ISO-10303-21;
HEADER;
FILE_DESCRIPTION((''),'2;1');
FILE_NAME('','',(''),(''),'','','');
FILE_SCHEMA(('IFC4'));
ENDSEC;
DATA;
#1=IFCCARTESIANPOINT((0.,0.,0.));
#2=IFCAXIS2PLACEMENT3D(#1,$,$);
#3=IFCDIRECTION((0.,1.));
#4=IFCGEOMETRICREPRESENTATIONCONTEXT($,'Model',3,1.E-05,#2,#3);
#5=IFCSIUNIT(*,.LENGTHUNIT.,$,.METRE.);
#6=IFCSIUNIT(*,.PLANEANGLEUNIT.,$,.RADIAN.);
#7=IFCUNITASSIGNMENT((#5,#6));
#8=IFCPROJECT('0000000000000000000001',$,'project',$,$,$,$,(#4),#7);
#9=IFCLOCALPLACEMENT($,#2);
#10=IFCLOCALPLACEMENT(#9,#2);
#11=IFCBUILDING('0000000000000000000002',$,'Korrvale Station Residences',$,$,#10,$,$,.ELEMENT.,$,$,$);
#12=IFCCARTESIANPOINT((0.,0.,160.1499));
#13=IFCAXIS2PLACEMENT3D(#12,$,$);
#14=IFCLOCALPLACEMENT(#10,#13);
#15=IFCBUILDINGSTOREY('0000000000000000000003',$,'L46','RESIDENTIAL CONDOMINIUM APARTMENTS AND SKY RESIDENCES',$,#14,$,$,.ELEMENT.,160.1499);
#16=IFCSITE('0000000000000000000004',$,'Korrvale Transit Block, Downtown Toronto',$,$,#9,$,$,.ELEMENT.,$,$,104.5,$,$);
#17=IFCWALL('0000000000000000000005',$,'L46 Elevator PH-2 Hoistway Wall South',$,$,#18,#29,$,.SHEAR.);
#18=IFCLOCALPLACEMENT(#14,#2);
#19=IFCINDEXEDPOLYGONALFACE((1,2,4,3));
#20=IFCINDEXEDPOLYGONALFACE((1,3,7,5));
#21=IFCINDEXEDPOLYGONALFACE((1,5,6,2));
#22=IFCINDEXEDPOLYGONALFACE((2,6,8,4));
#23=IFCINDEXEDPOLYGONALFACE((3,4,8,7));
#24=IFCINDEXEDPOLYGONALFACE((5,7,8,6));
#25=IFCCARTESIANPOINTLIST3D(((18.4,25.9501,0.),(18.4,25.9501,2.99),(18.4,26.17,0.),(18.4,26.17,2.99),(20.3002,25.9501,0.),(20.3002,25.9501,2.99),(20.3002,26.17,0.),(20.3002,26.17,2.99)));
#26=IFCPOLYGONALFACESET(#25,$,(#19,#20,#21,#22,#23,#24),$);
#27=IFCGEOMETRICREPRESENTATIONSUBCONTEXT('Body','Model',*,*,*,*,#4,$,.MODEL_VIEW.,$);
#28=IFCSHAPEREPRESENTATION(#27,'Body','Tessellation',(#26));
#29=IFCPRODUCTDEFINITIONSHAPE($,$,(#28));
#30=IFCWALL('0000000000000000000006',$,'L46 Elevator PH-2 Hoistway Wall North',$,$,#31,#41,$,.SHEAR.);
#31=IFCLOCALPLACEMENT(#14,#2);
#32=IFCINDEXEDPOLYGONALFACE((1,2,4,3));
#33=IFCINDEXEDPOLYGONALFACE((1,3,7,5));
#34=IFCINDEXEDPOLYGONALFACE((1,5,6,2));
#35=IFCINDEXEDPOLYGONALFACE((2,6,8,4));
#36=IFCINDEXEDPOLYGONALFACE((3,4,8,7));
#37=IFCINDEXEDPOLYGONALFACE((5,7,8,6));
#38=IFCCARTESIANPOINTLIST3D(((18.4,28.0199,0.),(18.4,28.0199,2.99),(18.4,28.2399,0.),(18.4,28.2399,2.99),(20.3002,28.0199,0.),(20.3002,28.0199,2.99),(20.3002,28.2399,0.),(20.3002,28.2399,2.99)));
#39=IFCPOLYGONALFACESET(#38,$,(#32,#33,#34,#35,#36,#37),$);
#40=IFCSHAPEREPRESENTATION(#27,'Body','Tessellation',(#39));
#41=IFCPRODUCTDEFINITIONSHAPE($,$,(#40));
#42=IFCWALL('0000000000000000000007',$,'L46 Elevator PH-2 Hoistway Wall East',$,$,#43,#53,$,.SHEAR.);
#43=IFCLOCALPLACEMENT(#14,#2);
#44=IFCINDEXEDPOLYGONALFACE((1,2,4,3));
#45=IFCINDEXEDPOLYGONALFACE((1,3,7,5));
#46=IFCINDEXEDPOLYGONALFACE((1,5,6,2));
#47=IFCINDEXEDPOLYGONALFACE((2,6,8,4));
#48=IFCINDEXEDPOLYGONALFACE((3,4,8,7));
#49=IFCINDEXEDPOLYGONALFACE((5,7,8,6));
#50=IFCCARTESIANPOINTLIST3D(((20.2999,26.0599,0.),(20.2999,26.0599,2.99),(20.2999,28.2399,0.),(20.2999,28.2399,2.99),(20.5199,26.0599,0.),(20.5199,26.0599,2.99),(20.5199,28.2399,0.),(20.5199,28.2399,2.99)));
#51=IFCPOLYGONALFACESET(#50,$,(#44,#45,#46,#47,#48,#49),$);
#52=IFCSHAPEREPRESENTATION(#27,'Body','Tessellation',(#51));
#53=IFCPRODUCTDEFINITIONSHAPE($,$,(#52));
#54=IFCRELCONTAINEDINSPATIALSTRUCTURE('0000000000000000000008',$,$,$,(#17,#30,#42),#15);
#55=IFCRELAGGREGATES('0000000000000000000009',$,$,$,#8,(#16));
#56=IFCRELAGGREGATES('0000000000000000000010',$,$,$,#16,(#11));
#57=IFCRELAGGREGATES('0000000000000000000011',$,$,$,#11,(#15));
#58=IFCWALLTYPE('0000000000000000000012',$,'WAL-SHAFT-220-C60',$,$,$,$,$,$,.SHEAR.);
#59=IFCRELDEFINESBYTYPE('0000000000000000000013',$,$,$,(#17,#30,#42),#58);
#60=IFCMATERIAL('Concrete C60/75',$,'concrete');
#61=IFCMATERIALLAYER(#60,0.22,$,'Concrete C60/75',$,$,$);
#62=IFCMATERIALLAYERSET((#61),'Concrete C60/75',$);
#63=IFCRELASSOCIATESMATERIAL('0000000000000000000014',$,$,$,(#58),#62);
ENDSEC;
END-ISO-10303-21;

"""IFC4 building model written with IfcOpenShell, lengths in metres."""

from ifc_helpers import new_model, si_unit, direction, frame, frame_2d, origin, place, context, subcontext, project, spatial, rectangle, extrude, material, layer, layer_set, type_object, element, save


model = new_model("IFC4")

# Units and contexts
model_context = context("Model", 3, precision=1e-05, world=origin(), true_north=direction((0.0, 1.0)))
body_context = subcontext(model_context, "Body", "Model", "MODEL_VIEW")
ifc_project = project(units=[si_unit("LENGTHUNIT", "METRE"), si_unit("PLANEANGLEUNIT", "RADIAN")], contexts=[model_context])

# Site, building, storey
site_placement = place(None, origin())
site = spatial("IfcSite", under=ifc_project, at=site_placement, Name="Korrvale Transit Block, Downtown Toronto", CompositionType="ELEMENT", RefElevation=104.5)
building_placement = place(site_placement, origin())
building = spatial("IfcBuilding", under=site, at=building_placement, Name="Korrvale Station Residences", CompositionType="ELEMENT")
storey_placement = place(building_placement, frame((0.0, 0.0, 160.1499)))
storey = spatial("IfcBuildingStorey", under=building, at=storey_placement, Name="L46", Description="RESIDENTIAL CONDOMINIUM APARTMENTS AND SKY RESIDENCES", CompositionType="ELEMENT", Elevation=160.1499)

# Shared definitions
ifc_material_1 = material(Name="Concrete C60/75", Category="concrete")

# Shared definitions
ifc_layer_1 = layer(ifc_material_1, 0.22, Name="Concrete C60/75")
ifc_layer_set_1 = layer_set([ifc_layer_1], Name="Concrete C60/75")
wall_type_1 = type_object("IfcWallType", Name="WAL-SHAFT-220-C60", PredefinedType="SHEAR", material=ifc_layer_set_1)

# Walls
for number, where, z_axis, x_axis, name in (
    (1, (18.3999, 26.0601, 0.0), (0.0, 0.0, 1.0), (1.0, 0.0, 0.0), "L46 Elevator PH-2 Hoistway Wall South"),
    (2, (18.3999, 28.1299, 0.0), (0.0, 0.0, 1.0), (1.0, 0.0, 0.0), "L46 Elevator PH-2 Hoistway Wall North"),
):
    element("IfcWall", number, at=place(storey_placement, frame(where, z_axis=z_axis, x_axis=x_axis)), inside=storey, type_object=wall_type_1, Name=name, PredefinedType="SHEAR", context=body_context, shape_type="SweptSolid", body=[
        extrude(rectangle(XDim=1.9001, YDim=0.22, at=frame_2d((0.9502, 0.0))), origin(), (0.0, 0.0, 1.0), 2.99),
    ])
wall_1_placement = place(storey_placement, frame((20.4099, 26.0601, 0.0), z_axis=(0.0, 0.0, 1.0), x_axis=(0.0, 1.0, 0.0)))
element("IfcWall", 3, at=wall_1_placement, inside=storey, type_object=wall_type_1, Name="L46 Elevator PH-2 Hoistway Wall East", PredefinedType="SHEAR", context=body_context, shape_type="SweptSolid", body=[
    extrude(rectangle(XDim=2.1799, YDim=0.22, at=frame_2d((1.0898, 0.0))), origin(), (0.0, 0.0, 1.0), 2.99),
])

save(model, "model.ifc")
